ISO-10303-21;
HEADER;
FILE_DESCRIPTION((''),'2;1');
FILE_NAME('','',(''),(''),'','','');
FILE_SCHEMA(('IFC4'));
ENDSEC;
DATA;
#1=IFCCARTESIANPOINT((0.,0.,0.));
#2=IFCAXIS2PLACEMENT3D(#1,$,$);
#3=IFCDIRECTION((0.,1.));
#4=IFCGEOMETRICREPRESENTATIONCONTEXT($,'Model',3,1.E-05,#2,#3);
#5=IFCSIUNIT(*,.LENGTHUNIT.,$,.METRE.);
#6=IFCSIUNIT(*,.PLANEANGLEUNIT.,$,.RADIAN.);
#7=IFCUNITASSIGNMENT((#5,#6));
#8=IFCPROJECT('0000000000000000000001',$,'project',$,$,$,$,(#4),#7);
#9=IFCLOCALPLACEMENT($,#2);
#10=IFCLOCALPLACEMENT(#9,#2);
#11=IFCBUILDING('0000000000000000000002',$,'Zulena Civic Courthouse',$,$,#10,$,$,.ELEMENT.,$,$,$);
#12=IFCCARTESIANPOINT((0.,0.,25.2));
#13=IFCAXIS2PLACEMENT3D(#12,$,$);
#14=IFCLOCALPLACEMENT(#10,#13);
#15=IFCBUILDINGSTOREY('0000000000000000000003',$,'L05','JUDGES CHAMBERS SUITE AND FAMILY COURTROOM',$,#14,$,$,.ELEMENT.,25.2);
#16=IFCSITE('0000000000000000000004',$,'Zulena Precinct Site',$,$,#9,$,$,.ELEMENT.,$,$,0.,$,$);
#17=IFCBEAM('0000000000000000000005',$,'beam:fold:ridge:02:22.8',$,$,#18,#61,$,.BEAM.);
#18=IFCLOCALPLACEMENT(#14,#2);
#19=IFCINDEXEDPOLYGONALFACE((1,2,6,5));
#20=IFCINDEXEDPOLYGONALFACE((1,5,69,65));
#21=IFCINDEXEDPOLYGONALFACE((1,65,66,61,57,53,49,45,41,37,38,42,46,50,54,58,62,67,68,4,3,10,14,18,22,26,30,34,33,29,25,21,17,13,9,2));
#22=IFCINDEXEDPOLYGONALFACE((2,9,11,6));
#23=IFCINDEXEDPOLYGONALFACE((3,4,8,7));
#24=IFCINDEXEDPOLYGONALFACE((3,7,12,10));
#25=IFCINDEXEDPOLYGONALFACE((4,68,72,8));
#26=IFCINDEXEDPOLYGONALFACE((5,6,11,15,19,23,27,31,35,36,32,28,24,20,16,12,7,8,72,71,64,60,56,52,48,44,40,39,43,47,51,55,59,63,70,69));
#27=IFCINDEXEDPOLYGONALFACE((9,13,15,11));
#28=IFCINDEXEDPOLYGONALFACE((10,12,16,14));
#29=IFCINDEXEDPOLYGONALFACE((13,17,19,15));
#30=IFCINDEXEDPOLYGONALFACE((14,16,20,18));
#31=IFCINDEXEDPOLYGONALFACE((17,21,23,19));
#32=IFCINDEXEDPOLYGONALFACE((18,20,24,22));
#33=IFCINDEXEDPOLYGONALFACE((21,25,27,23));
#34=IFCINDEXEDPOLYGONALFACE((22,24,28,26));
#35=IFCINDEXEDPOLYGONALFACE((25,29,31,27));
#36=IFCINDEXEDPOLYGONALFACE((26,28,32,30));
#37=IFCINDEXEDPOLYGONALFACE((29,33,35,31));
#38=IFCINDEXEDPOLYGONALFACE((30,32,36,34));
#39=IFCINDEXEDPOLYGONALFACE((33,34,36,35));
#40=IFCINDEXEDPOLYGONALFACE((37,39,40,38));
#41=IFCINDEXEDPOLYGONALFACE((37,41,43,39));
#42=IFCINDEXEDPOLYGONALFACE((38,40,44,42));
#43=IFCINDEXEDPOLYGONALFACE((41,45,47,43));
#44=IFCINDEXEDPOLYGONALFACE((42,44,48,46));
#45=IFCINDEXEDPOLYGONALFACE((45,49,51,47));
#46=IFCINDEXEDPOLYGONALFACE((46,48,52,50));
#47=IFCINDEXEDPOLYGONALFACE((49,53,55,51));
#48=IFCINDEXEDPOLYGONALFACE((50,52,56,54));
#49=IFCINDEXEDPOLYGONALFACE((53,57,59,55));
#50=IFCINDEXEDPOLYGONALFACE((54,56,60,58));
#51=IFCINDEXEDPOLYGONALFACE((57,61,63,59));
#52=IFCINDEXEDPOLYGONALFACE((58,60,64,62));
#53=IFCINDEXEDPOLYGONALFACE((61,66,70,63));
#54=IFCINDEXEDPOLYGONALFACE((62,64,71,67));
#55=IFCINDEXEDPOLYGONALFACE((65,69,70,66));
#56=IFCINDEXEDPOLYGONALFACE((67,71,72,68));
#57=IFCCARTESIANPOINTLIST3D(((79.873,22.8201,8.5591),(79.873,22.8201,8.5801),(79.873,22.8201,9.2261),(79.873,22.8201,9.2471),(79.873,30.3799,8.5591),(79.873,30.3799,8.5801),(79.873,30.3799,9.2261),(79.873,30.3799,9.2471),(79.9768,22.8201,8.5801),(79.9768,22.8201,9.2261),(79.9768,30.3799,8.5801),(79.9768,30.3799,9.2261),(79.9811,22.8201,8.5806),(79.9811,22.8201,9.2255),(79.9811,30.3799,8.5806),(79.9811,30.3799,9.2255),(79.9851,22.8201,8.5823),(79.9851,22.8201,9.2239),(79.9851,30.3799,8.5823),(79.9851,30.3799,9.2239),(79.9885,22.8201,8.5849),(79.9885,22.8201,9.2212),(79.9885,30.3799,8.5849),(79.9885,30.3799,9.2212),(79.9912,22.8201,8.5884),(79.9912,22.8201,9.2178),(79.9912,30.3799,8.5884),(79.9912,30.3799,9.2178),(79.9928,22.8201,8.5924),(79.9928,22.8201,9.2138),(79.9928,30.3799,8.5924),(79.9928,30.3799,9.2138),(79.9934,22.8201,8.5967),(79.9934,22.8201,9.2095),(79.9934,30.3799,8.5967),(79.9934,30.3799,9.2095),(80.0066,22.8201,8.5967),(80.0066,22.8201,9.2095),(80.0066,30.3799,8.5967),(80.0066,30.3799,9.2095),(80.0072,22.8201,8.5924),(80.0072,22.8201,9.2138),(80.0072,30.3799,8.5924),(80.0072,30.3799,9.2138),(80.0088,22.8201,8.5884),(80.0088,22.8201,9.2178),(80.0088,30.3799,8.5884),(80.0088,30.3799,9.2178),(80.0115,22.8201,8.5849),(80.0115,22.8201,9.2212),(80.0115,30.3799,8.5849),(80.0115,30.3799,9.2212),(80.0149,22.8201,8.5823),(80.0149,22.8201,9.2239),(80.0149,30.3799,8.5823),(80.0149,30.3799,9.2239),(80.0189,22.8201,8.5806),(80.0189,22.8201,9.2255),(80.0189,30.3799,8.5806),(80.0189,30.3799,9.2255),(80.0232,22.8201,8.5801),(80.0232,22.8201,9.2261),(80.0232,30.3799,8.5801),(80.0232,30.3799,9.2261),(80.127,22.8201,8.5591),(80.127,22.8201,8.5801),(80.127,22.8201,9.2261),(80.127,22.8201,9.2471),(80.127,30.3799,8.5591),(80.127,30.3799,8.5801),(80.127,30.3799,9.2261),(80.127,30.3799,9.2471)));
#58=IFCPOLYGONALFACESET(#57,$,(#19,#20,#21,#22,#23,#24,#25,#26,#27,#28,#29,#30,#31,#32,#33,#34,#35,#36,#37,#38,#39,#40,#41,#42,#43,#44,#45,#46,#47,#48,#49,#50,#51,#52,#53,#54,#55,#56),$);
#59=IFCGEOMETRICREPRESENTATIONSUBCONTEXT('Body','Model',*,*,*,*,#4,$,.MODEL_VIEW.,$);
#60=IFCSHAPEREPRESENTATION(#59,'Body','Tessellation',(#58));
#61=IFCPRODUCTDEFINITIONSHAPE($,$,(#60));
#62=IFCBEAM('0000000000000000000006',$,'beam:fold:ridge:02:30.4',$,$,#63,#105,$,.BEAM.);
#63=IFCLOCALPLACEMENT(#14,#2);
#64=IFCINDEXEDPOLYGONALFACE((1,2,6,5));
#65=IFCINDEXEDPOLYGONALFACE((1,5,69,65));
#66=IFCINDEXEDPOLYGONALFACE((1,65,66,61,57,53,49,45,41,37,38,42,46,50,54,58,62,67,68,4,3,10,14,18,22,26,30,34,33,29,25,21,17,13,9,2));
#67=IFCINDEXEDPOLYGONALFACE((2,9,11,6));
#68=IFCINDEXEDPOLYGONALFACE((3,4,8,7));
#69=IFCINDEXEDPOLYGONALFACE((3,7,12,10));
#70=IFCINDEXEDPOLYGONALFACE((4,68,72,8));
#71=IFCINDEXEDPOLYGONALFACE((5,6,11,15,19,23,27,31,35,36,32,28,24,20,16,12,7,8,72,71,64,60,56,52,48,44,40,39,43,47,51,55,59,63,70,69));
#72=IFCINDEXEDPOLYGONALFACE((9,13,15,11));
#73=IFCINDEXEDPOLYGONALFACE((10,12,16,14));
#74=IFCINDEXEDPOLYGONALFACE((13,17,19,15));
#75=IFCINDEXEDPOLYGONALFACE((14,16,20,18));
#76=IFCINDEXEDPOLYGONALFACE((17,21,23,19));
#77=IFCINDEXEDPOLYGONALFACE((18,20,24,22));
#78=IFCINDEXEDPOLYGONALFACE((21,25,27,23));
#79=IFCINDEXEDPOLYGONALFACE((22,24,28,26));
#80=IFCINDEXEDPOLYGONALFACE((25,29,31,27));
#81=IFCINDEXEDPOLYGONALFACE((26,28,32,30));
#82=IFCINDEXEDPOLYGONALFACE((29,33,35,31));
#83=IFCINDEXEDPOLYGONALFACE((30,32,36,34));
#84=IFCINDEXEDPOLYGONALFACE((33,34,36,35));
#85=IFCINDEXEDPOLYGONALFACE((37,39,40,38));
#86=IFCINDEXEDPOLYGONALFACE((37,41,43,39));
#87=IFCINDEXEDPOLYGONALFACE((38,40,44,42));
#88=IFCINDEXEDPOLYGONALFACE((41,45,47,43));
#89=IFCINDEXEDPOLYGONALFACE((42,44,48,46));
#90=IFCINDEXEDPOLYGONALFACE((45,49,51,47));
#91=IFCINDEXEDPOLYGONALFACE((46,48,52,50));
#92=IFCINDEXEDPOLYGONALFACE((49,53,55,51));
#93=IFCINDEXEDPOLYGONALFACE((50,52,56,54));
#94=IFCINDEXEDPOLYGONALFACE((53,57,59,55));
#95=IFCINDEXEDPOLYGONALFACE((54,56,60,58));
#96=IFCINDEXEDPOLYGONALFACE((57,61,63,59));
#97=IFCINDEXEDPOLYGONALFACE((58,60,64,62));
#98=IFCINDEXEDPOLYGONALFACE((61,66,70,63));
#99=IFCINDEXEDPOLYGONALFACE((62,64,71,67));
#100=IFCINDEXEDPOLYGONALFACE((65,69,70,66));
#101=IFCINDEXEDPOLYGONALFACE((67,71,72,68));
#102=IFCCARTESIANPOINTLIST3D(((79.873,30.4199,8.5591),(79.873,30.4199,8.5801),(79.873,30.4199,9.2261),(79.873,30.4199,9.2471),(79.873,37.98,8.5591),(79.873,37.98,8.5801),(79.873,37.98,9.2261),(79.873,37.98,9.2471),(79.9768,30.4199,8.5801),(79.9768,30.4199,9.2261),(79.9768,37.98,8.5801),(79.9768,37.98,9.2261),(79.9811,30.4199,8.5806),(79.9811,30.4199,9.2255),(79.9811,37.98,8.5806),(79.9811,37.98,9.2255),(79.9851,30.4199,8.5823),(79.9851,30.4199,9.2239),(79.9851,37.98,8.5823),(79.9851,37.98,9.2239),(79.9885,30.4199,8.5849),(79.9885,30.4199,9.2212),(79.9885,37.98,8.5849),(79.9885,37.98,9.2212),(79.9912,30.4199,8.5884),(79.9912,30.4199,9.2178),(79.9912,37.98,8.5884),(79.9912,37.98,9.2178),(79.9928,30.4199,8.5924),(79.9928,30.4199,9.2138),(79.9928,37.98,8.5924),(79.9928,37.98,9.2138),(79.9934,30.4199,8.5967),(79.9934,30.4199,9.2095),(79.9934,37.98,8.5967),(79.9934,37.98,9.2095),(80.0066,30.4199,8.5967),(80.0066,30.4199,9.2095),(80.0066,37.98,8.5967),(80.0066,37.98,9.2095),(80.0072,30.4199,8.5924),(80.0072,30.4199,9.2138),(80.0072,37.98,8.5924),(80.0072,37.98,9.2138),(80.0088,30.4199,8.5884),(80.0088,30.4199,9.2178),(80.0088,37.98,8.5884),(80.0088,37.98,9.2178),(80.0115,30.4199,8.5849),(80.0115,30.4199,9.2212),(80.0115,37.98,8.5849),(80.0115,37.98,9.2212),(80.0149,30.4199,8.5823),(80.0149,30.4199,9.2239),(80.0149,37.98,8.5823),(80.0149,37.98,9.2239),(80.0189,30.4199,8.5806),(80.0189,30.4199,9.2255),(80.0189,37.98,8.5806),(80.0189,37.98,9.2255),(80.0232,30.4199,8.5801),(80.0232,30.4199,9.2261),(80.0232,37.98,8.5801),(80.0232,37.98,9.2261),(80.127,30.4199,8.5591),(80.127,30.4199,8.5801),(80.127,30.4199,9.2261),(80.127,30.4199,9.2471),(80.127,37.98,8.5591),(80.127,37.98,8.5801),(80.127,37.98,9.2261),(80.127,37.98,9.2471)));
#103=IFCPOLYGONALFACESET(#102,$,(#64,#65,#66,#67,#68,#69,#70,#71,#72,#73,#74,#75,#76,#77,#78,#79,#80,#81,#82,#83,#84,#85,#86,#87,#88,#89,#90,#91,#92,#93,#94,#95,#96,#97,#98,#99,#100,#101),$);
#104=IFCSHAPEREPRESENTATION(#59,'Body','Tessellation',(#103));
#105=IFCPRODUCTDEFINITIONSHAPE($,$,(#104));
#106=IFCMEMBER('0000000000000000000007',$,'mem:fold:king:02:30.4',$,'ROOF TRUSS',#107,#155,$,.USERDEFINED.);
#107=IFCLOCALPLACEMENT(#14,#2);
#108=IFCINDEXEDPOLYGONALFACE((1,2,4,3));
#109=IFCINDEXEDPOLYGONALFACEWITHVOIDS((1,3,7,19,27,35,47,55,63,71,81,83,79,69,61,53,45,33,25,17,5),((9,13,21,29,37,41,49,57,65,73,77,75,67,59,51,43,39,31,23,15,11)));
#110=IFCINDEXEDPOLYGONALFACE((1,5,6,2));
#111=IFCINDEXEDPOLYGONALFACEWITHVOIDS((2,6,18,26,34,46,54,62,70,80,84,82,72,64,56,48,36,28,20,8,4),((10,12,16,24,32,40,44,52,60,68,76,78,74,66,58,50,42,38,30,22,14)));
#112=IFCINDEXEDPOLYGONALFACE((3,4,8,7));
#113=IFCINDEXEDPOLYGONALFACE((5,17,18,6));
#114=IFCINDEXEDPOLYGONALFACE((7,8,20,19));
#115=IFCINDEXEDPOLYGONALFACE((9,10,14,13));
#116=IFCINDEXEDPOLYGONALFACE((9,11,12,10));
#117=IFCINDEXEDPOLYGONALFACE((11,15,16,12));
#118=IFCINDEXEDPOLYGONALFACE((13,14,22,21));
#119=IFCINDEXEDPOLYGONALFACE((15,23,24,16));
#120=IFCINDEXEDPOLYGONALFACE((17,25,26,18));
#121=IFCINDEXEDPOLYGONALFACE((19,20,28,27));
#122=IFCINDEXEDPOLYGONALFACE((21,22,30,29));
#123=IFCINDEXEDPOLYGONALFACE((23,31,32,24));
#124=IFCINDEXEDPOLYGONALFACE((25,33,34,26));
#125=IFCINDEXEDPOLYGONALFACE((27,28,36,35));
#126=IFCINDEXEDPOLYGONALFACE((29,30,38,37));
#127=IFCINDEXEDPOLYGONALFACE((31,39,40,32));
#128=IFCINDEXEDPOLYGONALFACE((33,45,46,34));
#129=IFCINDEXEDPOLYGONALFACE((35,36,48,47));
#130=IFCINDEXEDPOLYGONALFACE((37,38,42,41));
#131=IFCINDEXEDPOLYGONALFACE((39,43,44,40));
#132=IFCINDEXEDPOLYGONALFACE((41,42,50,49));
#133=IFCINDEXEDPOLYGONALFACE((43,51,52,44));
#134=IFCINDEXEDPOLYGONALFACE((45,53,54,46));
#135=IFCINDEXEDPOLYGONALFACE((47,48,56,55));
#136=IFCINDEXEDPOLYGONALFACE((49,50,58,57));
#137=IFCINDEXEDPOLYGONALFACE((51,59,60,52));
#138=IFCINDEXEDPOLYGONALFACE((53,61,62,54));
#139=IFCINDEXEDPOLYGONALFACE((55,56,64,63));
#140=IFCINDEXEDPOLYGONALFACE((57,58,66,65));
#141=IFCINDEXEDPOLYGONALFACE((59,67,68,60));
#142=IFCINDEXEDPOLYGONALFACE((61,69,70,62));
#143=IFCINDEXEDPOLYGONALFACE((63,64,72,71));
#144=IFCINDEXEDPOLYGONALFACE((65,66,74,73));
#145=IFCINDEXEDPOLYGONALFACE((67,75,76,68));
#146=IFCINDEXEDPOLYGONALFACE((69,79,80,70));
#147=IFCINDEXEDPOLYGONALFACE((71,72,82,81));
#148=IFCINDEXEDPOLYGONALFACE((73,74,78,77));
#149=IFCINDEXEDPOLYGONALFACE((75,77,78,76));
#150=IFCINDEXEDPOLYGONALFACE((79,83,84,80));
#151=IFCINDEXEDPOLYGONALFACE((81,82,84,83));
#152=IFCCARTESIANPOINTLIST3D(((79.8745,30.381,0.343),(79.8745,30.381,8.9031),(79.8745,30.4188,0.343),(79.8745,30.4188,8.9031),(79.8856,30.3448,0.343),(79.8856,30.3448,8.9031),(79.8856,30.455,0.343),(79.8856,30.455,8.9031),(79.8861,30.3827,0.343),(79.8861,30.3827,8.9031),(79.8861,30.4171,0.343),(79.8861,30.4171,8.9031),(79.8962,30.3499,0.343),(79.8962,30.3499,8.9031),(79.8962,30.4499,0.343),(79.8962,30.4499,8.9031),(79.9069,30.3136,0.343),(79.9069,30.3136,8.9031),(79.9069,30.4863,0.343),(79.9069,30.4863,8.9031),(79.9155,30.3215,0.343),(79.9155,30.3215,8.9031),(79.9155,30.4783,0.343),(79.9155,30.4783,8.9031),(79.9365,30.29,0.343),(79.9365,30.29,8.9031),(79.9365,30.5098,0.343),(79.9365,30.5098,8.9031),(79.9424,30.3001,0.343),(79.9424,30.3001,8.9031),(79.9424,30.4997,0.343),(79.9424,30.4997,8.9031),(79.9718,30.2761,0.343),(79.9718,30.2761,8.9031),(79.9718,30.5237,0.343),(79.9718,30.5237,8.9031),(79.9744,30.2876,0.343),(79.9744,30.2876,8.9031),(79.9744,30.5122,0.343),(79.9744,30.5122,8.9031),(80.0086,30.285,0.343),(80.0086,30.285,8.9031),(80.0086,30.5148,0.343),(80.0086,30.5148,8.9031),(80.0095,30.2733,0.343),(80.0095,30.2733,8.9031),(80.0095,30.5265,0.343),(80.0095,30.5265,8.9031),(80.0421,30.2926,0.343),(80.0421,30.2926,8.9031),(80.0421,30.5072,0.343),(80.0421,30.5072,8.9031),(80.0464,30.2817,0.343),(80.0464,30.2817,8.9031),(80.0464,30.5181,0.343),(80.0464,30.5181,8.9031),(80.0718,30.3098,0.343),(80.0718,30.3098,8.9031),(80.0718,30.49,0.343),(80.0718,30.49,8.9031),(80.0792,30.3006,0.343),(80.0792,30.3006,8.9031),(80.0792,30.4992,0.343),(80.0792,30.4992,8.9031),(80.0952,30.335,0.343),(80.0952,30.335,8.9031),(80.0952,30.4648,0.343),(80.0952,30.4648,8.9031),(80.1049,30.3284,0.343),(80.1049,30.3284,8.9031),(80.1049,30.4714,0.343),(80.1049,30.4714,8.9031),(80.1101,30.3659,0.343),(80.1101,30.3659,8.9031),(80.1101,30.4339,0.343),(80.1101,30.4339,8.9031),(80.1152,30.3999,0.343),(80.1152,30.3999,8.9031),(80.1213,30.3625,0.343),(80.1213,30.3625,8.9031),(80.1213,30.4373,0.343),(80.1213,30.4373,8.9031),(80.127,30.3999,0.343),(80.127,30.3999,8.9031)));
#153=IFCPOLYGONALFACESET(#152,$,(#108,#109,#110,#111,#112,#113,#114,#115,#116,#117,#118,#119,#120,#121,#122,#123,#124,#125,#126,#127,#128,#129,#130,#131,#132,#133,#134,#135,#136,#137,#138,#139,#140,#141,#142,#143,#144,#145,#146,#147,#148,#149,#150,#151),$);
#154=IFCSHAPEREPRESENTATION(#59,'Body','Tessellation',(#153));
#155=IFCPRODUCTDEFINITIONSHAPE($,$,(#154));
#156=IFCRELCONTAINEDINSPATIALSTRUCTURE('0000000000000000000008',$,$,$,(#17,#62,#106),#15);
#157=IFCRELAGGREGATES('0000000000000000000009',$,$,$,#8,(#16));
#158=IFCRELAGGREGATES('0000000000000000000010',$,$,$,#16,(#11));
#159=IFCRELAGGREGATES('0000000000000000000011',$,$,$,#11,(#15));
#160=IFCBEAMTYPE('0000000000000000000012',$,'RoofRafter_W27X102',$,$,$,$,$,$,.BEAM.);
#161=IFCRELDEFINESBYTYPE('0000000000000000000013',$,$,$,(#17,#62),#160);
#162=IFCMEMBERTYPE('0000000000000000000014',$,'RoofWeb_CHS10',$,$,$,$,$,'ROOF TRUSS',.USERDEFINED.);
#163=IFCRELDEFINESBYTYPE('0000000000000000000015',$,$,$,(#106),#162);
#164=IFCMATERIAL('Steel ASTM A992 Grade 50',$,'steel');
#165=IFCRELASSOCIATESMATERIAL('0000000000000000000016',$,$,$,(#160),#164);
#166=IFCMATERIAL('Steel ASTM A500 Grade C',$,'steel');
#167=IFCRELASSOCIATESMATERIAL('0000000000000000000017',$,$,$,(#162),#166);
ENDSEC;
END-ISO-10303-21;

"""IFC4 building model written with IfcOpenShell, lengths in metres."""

from ifc_helpers import new_model, si_unit, direction, frame, origin, origin_2d, place, context, subcontext, project, spatial, hollow_circle, i_section, extrude, material, material_profile, profile_set, type_object, element, save


model = new_model("IFC4")

# Units and contexts
model_context = context("Model", 3, precision=1e-05, world=origin(), true_north=direction((0.0, 1.0)))
body_context = subcontext(model_context, "Body", "Model", "MODEL_VIEW")
ifc_project = project(units=[si_unit("LENGTHUNIT", "METRE"), si_unit("PLANEANGLEUNIT", "RADIAN")], contexts=[model_context])

# Site, building, storey
site_placement = place(None, origin())
site = spatial("IfcSite", under=ifc_project, at=site_placement, Name="Zulena Precinct Site", CompositionType="ELEMENT", RefElevation=0.0)
building_placement = place(site_placement, origin())
building = spatial("IfcBuilding", under=site, at=building_placement, Name="Zulena Civic Courthouse", CompositionType="ELEMENT")
storey_placement = place(building_placement, frame((0.0, 0.0, 25.2)))
storey = spatial("IfcBuildingStorey", under=building, at=storey_placement, Name="L05", Description="JUDGES CHAMBERS SUITE AND FAMILY COURTROOM", CompositionType="ELEMENT", Elevation=25.2)

# Shared definitions
ifc_material_1 = material(Name="Steel ASTM A992 Grade 50", Category="steel")

# Beams
ifc_material_profile_1 = material_profile(ifc_material_1, i_section(OverallWidth=0.2539, OverallDepth=0.688, WebThickness=0.0132, FlangeThickness=0.021, FilletRadius=0.0166, at=origin_2d()), Name="W27X102")
ifc_profile_set_1 = profile_set([ifc_material_profile_1], Name="Steel ASTM A992 Grade 50")
beam_type_1 = type_object("IfcBeamType", Name="RoofRafter_W27X102", PredefinedType="BEAM", material=ifc_profile_set_1)
beam_1_placement = place(storey_placement, frame((80.0, 22.8201, 8.9031), z_axis=(0.0, 1.0, 0.0), x_axis=(-1.0, 0.0, 0.0)))
element("IfcBeam", 1, at=beam_1_placement, inside=storey, type_object=beam_type_1, Name="beam:fold:ridge:02:22.8", PredefinedType="BEAM", context=body_context, shape_type="SweptSolid", body=[
    extrude(i_section(OverallWidth=0.2539, OverallDepth=0.688, WebThickness=0.0132, FlangeThickness=0.021, FilletRadius=0.0166, at=origin_2d()), origin(), (0.0, 0.0, 1.0), 7.5598),
])
beam_2_placement = place(storey_placement, frame((80.0, 30.4199, 8.9031), z_axis=(0.0, 1.0, 0.0), x_axis=(-1.0, 0.0, 0.0)))
element("IfcBeam", 2, at=beam_2_placement, inside=storey, type_object=beam_type_1, Name="beam:fold:ridge:02:30.4", PredefinedType="BEAM", context=body_context, shape_type="SweptSolid", body=[
    extrude(i_section(OverallWidth=0.2539, OverallDepth=0.688, WebThickness=0.0132, FlangeThickness=0.021, FilletRadius=0.0166, at=origin_2d()), origin(), (0.0, 0.0, 1.0), 7.5601),
])

# Member
ifc_material_2 = material(Name="Steel ASTM A500 Grade C", Category="steel")
ifc_material_profile_2 = material_profile(ifc_material_2, hollow_circle(Radius=0.127, WallThickness=0.0117, at=origin_2d()), Name="HSS10.000X0.500")
ifc_profile_set_2 = profile_set([ifc_material_profile_2], Name="Steel ASTM A500 Grade C")
member_type_1 = type_object("IfcMemberType", Name="RoofWeb_CHS10", ElementType="ROOF TRUSS", PredefinedType="USERDEFINED", material=ifc_profile_set_2)
for number, where, z_axis, x_axis, name in (
    (3, (80.0, 30.3999, 0.343), (0.0, 0.0, 1.0), (1.0, 0.0, 0.0), "mem:fold:king:02:30.4"),
):
    element("IfcMember", number, at=place(storey_placement, frame(where, z_axis=z_axis, x_axis=x_axis)), inside=storey, type_object=member_type_1, Name=name, ObjectType="ROOF TRUSS", PredefinedType="USERDEFINED", context=body_context, shape_type="SweptSolid", body=[
        extrude(hollow_circle(Radius=0.127, WallThickness=0.0117, at=origin_2d()), origin(), (0.0, 0.0, 1.0), 8.5601),
    ])

save(model, "model.ifc")
